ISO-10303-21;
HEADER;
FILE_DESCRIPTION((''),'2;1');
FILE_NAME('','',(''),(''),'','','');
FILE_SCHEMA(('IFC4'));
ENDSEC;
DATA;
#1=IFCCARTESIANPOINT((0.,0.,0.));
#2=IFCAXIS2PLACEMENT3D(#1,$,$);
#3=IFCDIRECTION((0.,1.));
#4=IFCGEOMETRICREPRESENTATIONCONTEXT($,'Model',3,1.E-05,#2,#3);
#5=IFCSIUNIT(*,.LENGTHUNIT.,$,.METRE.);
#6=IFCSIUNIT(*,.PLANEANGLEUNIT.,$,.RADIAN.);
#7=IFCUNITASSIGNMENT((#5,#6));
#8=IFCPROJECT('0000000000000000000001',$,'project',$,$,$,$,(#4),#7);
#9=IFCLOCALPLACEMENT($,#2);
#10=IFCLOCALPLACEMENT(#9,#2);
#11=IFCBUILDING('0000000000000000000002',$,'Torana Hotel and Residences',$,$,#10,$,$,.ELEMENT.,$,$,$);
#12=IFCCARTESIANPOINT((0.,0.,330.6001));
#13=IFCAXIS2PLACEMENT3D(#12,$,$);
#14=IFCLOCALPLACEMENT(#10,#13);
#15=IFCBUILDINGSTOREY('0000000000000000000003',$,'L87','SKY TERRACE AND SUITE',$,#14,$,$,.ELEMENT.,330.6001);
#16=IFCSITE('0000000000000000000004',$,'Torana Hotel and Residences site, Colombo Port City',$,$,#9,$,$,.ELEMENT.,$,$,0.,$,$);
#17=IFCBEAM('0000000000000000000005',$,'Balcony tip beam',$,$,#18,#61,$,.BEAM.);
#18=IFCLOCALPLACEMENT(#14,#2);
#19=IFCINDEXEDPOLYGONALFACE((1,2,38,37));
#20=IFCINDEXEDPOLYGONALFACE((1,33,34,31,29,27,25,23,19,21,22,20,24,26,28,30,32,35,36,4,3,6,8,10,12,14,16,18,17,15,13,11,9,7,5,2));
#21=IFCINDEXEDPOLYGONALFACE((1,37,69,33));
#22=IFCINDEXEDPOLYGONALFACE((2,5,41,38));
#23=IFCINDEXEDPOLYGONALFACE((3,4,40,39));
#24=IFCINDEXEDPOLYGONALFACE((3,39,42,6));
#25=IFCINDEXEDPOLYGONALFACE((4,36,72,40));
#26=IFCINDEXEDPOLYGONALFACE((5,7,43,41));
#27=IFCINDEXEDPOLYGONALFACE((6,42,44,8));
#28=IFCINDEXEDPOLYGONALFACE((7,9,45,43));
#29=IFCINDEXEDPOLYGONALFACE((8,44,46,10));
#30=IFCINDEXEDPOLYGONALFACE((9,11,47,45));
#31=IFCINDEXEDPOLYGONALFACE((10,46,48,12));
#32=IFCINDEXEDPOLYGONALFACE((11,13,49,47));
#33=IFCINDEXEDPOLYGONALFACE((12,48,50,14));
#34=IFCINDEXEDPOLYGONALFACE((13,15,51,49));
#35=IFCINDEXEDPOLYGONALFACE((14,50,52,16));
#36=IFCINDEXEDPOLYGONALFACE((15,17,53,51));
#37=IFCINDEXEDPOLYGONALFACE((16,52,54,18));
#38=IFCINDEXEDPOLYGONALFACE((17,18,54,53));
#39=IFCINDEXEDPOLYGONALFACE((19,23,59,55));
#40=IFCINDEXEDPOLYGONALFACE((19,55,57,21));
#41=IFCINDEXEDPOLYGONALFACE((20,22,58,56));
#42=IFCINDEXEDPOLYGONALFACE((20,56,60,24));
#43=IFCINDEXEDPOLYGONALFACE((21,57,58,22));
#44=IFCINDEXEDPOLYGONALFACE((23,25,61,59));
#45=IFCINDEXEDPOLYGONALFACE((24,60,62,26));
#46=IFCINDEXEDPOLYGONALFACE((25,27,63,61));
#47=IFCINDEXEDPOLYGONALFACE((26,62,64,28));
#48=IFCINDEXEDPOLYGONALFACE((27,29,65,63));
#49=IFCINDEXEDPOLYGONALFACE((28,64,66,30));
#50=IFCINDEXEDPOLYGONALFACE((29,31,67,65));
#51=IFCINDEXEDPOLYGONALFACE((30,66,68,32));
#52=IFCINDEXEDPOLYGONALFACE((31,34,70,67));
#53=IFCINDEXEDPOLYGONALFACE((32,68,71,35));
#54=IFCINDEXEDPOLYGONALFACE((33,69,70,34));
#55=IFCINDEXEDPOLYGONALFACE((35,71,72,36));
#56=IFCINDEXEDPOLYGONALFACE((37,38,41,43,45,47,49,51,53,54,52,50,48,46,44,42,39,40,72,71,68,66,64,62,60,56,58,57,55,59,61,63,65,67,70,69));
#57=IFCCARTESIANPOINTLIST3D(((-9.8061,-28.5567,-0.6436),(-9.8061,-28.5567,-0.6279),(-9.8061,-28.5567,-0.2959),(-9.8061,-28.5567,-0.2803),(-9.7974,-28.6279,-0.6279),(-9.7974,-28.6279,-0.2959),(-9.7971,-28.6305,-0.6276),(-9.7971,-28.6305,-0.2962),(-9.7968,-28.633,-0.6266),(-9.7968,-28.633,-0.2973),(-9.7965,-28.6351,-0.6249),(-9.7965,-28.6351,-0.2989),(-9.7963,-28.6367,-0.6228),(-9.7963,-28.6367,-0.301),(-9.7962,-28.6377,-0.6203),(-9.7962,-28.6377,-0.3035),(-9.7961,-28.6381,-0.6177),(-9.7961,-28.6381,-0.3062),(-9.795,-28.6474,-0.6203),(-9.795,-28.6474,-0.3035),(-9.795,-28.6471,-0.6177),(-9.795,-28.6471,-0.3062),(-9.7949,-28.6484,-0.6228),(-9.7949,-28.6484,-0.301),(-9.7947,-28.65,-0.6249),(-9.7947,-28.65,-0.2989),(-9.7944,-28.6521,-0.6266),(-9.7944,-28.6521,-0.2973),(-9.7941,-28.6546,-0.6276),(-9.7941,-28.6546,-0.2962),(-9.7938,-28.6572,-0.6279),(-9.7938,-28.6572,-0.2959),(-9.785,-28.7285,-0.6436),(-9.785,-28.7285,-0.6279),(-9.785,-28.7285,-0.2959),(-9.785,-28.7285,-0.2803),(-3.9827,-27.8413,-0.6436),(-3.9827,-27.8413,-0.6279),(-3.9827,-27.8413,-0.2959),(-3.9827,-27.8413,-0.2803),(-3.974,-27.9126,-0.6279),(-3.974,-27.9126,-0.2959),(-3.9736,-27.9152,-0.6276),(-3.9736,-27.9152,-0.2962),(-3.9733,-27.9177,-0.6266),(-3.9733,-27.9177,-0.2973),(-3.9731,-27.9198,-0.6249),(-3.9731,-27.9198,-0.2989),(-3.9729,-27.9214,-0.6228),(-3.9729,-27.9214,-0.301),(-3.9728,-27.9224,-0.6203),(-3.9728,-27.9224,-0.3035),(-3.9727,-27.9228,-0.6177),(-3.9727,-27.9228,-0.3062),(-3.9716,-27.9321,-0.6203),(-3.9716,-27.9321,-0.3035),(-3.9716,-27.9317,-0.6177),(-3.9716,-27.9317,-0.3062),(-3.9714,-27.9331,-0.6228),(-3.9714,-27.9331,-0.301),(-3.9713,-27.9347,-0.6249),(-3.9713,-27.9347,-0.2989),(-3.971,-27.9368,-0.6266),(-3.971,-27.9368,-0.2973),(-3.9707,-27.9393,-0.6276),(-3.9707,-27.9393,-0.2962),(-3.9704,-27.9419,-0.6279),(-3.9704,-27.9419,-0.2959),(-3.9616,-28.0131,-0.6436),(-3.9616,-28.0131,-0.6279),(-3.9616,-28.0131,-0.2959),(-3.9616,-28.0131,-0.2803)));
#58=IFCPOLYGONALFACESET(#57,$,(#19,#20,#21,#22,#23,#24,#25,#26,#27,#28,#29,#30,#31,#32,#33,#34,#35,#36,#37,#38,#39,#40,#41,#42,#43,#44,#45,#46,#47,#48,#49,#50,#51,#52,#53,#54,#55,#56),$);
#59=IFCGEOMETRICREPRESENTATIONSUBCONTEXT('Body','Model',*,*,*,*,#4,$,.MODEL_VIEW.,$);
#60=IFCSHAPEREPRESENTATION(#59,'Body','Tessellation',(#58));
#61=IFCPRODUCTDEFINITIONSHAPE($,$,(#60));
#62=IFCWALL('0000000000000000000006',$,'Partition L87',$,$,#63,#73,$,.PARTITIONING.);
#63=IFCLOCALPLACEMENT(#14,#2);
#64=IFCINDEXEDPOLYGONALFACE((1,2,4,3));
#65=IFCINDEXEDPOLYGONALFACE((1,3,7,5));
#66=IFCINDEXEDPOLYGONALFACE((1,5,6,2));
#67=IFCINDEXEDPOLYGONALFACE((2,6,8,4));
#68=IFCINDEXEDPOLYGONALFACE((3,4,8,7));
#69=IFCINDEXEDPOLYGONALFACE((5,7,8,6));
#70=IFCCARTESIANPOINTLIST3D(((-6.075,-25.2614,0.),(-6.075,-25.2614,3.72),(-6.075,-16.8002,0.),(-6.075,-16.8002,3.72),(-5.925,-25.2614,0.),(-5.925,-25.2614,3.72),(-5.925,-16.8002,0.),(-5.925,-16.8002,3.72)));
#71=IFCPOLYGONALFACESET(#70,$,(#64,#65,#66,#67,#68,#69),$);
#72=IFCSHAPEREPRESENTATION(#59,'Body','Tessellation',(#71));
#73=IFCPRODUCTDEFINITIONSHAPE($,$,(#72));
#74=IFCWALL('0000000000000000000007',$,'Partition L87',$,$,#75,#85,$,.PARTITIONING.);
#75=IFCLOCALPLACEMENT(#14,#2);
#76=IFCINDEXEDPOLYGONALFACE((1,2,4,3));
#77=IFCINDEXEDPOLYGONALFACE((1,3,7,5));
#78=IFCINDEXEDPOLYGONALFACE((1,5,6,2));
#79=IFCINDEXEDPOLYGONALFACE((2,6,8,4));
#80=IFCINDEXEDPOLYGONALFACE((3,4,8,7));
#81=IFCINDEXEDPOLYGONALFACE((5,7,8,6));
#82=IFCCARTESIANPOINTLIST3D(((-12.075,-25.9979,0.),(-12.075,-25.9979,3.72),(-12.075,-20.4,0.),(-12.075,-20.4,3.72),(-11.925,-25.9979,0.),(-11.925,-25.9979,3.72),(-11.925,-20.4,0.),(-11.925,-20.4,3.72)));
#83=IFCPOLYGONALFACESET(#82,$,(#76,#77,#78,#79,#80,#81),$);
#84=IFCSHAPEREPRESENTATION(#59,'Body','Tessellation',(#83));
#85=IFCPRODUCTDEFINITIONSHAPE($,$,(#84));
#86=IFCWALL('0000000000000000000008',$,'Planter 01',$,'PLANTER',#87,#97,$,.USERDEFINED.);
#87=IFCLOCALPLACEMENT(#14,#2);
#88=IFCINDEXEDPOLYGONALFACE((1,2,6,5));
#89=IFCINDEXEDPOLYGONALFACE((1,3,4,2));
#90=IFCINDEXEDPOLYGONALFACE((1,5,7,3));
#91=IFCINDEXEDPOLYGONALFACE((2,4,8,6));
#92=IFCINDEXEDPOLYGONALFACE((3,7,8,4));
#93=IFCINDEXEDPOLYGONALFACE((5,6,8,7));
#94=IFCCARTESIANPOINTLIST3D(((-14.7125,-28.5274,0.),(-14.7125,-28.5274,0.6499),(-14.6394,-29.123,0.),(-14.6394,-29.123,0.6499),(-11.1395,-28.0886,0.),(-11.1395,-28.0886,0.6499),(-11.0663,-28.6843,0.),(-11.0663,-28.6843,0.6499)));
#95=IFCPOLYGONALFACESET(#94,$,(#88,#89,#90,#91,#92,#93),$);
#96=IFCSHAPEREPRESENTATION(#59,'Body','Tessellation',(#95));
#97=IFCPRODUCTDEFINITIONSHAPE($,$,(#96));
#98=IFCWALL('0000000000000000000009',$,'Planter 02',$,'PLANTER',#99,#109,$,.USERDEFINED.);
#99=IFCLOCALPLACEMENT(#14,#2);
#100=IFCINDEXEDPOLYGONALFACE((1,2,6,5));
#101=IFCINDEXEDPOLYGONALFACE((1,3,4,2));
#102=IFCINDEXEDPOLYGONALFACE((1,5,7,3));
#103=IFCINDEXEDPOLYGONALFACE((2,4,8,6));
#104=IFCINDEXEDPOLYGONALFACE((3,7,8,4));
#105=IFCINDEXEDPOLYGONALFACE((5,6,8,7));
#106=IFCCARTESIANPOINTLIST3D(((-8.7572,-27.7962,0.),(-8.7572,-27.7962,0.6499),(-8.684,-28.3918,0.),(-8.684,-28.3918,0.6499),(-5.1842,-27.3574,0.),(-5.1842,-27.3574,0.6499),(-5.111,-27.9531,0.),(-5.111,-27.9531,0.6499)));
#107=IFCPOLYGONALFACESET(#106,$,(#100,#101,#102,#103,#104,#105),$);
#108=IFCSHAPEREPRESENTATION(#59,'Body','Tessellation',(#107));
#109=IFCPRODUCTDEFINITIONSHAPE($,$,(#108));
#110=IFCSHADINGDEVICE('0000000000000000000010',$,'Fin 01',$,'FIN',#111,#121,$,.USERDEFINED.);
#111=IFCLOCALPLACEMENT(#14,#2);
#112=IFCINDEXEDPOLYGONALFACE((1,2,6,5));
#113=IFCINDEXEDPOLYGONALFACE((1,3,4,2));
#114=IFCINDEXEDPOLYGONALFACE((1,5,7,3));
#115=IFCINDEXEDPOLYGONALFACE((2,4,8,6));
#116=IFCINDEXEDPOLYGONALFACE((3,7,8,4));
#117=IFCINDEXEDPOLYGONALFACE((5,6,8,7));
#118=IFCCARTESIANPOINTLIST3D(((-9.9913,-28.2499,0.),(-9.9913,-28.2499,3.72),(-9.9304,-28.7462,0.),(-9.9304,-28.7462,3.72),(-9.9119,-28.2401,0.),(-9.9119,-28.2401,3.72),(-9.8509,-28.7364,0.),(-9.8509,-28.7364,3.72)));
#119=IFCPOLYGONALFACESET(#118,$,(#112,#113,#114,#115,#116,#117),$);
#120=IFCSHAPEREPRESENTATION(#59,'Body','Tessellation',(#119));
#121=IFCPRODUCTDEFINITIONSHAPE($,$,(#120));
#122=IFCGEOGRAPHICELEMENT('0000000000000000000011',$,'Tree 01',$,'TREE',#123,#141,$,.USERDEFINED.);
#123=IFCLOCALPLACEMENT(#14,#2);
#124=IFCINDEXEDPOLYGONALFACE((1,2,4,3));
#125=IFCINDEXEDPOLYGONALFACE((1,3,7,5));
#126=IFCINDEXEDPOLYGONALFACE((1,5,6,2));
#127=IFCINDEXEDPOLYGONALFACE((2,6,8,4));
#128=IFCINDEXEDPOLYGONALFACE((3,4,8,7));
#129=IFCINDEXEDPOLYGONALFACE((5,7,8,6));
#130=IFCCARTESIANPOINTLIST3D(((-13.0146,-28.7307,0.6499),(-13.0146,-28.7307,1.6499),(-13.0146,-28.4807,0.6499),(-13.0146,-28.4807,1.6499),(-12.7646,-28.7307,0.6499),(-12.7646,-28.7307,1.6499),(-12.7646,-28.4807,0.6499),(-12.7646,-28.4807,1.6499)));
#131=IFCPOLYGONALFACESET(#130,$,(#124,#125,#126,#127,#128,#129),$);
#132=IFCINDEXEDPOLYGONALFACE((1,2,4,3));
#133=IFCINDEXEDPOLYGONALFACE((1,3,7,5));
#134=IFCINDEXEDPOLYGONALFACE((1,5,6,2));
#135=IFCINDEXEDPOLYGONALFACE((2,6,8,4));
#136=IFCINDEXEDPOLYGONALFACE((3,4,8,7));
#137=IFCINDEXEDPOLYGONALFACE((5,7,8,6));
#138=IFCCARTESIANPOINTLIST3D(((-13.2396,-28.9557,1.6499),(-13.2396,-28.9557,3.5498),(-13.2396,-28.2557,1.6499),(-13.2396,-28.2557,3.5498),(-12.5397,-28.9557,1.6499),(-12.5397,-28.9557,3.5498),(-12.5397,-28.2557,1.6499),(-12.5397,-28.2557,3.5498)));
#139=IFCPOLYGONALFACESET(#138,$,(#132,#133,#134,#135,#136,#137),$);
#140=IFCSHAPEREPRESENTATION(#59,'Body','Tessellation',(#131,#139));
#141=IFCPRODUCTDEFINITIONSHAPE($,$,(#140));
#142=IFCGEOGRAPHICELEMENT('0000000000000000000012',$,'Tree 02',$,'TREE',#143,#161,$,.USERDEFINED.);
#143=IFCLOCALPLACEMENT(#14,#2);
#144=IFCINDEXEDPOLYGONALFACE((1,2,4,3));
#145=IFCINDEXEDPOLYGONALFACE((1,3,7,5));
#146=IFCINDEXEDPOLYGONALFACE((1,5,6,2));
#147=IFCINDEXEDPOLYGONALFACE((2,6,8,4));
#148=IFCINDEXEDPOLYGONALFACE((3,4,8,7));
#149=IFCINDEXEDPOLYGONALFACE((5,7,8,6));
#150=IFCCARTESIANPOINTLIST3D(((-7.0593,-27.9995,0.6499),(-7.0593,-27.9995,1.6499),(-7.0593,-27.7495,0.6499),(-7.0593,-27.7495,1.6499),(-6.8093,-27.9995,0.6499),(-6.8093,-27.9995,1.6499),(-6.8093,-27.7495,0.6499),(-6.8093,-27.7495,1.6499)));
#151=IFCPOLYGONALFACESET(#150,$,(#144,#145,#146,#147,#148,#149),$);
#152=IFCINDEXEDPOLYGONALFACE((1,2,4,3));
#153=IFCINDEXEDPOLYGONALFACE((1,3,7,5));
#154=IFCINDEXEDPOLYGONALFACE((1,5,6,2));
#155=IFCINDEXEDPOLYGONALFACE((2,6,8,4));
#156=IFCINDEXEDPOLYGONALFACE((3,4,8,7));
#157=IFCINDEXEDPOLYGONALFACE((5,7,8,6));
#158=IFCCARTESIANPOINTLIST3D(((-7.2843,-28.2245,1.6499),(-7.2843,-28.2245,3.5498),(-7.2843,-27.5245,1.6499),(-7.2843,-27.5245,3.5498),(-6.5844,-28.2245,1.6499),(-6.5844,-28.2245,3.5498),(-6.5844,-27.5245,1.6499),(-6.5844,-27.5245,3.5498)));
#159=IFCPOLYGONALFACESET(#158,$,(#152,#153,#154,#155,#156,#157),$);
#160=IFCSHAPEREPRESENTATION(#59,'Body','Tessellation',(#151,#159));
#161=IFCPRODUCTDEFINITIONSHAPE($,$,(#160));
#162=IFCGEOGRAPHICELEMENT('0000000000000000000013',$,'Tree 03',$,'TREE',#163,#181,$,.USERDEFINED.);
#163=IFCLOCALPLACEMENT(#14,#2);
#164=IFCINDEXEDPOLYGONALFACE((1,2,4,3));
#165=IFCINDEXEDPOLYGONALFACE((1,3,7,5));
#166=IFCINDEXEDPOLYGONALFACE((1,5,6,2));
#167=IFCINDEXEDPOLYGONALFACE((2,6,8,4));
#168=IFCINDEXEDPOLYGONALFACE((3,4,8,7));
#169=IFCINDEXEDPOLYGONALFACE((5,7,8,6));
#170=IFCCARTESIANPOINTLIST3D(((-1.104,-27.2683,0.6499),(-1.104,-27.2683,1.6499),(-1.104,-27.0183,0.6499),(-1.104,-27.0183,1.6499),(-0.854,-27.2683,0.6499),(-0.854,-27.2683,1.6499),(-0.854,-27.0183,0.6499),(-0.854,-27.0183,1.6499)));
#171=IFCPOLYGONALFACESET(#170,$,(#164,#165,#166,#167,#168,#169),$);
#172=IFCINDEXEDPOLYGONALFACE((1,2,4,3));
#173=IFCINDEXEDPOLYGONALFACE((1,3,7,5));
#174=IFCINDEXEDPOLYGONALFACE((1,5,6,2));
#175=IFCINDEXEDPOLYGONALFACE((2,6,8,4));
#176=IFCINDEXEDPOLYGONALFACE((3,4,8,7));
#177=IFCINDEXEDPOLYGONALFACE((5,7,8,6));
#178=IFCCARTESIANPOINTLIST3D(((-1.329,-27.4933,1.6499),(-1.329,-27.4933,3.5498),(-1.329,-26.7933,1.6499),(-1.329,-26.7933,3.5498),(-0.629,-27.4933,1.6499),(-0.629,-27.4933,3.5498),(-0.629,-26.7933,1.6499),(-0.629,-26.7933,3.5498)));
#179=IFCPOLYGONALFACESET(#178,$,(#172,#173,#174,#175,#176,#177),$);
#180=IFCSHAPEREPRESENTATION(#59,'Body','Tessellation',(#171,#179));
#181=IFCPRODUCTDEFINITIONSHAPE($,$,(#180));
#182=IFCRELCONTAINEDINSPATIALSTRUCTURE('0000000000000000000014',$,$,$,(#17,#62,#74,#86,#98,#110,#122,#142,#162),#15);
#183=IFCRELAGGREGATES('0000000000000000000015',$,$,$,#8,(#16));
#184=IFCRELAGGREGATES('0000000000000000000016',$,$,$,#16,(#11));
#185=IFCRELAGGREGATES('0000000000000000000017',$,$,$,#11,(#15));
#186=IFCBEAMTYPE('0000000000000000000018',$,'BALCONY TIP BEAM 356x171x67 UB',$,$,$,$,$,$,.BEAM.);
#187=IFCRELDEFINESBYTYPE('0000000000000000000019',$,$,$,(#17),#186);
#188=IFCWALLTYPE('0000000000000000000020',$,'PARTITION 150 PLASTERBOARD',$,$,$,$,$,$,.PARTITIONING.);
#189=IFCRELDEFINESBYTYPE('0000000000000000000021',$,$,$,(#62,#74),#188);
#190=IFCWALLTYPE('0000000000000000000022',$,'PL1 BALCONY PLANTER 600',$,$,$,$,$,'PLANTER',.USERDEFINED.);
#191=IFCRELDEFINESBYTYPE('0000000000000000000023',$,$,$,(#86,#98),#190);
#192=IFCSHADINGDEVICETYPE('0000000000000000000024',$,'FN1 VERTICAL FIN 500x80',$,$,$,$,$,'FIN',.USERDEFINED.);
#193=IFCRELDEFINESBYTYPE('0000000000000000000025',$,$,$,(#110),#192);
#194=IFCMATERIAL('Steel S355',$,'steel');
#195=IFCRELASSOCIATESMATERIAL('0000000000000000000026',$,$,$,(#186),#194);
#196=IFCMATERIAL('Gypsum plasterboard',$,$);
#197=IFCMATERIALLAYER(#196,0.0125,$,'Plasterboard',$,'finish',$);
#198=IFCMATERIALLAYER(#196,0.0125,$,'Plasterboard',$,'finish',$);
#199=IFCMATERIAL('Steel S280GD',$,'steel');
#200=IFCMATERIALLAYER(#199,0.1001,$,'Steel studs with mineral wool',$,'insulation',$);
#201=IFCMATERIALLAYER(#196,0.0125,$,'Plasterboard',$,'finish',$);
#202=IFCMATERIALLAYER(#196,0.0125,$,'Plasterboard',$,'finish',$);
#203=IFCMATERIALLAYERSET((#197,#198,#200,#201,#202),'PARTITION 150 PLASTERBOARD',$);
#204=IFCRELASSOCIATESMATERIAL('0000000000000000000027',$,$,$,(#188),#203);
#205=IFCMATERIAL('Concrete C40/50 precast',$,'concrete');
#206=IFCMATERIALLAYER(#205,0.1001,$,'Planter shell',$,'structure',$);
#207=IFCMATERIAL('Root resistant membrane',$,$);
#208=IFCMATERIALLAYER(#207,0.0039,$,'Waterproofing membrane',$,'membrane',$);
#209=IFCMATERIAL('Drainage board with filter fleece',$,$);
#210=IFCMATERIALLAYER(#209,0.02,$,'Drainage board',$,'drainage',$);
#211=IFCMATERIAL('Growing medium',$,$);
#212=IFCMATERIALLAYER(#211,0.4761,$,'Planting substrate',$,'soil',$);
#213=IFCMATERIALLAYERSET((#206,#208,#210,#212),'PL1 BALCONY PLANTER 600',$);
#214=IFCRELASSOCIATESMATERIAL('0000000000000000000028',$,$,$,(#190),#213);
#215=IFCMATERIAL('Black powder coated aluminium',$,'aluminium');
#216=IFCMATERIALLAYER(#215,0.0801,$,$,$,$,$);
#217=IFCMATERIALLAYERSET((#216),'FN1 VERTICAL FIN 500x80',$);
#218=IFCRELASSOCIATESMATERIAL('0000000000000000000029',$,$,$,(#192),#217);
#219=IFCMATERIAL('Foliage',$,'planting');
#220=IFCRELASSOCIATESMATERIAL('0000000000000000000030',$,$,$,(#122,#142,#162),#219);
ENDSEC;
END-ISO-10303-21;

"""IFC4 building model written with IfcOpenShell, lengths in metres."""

from ifc_helpers import new_model, si_unit, direction, frame, frame_2d, origin, origin_2d, place, context, subcontext, project, spatial, rectangle, i_section, extrude, material, layer, layer_set, material_profile, profile_set, type_object, element, save


model = new_model("IFC4")

# Units and contexts
model_context = context("Model", 3, precision=1e-05, world=origin(), true_north=direction((0.0, 1.0)))
body_context = subcontext(model_context, "Body", "Model", "MODEL_VIEW")
ifc_project = project(units=[si_unit("LENGTHUNIT", "METRE"), si_unit("PLANEANGLEUNIT", "RADIAN")], contexts=[model_context])

# Site, building, storey
site_placement = place(None, origin())
site = spatial("IfcSite", under=ifc_project, at=site_placement, Name="Torana Hotel and Residences site, Colombo Port City", CompositionType="ELEMENT", RefElevation=0.0)
building_placement = place(site_placement, origin())
building = spatial("IfcBuilding", under=site, at=building_placement, Name="Torana Hotel and Residences", CompositionType="ELEMENT")
storey_placement = place(building_placement, frame((0.0, 0.0, 330.6001)))
storey = spatial("IfcBuildingStorey", under=building, at=storey_placement, Name="L87", Description="SKY TERRACE AND SUITE", CompositionType="ELEMENT", Elevation=330.6001)

# Beam
ifc_material_1 = material(Name="Steel S355", Category="steel")
ifc_material_profile_1 = material_profile(ifc_material_1, i_section(OverallWidth=0.1731, OverallDepth=0.3633, WebThickness=0.009, FlangeThickness=0.0156, FilletRadius=0.0103, at=origin_2d()), Name="356x171x67 UB")
ifc_profile_set_1 = profile_set([ifc_material_profile_1], Name="Steel S355")
beam_type_1 = type_object("IfcBeamType", Name="BALCONY TIP BEAM 356x171x67 UB", PredefinedType="BEAM", material=ifc_profile_set_1)
for number, where, z_axis, x_axis, name in (
    (1, (-3.9722, -27.9272, -0.4619), (-0.99254, -0.121919, 0.0), (0.121919, -0.99254, 0.0), "Balcony tip beam"),
):
    element("IfcBeam", number, at=place(storey_placement, frame(where, z_axis=z_axis, x_axis=x_axis)), inside=storey, type_object=beam_type_1, Name=name, PredefinedType="BEAM", context=body_context, shape_type="SweptSolid", body=[
        extrude(i_section(OverallWidth=0.1731, OverallDepth=0.3633, WebThickness=0.009, FlangeThickness=0.0156, FilletRadius=0.0103, at=origin_2d()), origin(), (0.0, 0.0, 1.0), 5.8672),
    ])

# Walls
ifc_material_2 = material(Name="Gypsum plasterboard")
ifc_layer_1 = layer(ifc_material_2, 0.0125, Name="Plasterboard", Category="finish")
ifc_layer_2 = layer(ifc_material_2, 0.0125, Name="Plasterboard", Category="finish")
ifc_material_3 = material(Name="Steel S280GD", Category="steel")
ifc_layer_3 = layer(ifc_material_3, 0.1001, Name="Steel studs with mineral wool", Category="insulation")
ifc_layer_4 = layer(ifc_material_2, 0.0125, Name="Plasterboard", Category="finish")
ifc_layer_5 = layer(ifc_material_2, 0.0125, Name="Plasterboard", Category="finish")
ifc_layer_set_1 = layer_set([ifc_layer_1, ifc_layer_2, ifc_layer_3, ifc_layer_4, ifc_layer_5], Name="PARTITION 150 PLASTERBOARD")
wall_type_1 = type_object("IfcWallType", Name="PARTITION 150 PLASTERBOARD", PredefinedType="PARTITIONING", material=ifc_layer_set_1)
wall_1_placement = place(storey_placement, frame((-6.0, -25.2612, 0.0), z_axis=(0.0, 0.0, 1.0), x_axis=(0.0, 1.0, 0.0)))
element("IfcWall", 2, at=wall_1_placement, inside=storey, type_object=wall_type_1, Name="Partition L87", PredefinedType="PARTITIONING", context=body_context, shape_type="SweptSolid", body=[
    extrude(rectangle(XDim=8.4612, YDim=0.1499, at=frame_2d((4.2305, 0.0))), origin(), (0.0, 0.0, 1.0), 3.72),
])
wall_2_placement = place(storey_placement, frame((-12.0, -25.9978, 0.0), z_axis=(0.0, 0.0, 1.0), x_axis=(0.0, 1.0, 0.0)))
element("IfcWall", 3, at=wall_2_placement, inside=storey, type_object=wall_type_1, Name="Partition L87", PredefinedType="PARTITIONING", context=body_context, shape_type="SweptSolid", body=[
    extrude(rectangle(XDim=5.5979, YDim=0.1499, at=frame_2d((2.7988, 0.0))), origin(), (0.0, 0.0, 1.0), 3.72),
])
ifc_material_4 = material(Name="Concrete C40/50 precast", Category="concrete")
ifc_layer_6 = layer(ifc_material_4, 0.1001, Name="Planter shell", Category="structure")
ifc_material_5 = material(Name="Root resistant membrane")
ifc_layer_7 = layer(ifc_material_5, 0.0039, Name="Waterproofing membrane", Category="membrane")
ifc_material_6 = material(Name="Drainage board with filter fleece")
ifc_layer_8 = layer(ifc_material_6, 0.02, Name="Drainage board", Category="drainage")
ifc_material_7 = material(Name="Growing medium")
ifc_layer_9 = layer(ifc_material_7, 0.4761, Name="Planting substrate", Category="soil")
ifc_layer_set_2 = layer_set([ifc_layer_6, ifc_layer_7, ifc_layer_8, ifc_layer_9], Name="PL1 BALCONY PLANTER 600")
wall_type_2 = type_object("IfcWallType", Name="PL1 BALCONY PLANTER 600", ElementType="PLANTER", PredefinedType="USERDEFINED", material=ifc_layer_set_2)
for number, where, z_axis, x_axis, name in (
    (4, (-11.103, -28.3865, 0.0), (0.0, 0.0, 1.0), (-0.992546, -0.121873, 0.0), "Planter 01"),
    (5, (-5.1477, -27.6553, 0.0), (0.0, 0.0, 1.0), (-0.992546, -0.121873, 0.0), "Planter 02"),
):
    element("IfcWall", number, at=place(storey_placement, frame(where, z_axis=z_axis, x_axis=x_axis)), inside=storey, type_object=wall_type_2, Name=name, ObjectType="PLANTER", PredefinedType="USERDEFINED", context=body_context, shape_type="SweptSolid", body=[
        extrude(rectangle(XDim=3.5999, YDim=0.6001, at=frame_2d((1.7998, 0.0))), origin(), (0.0, 0.0, 1.0), 0.6499),
    ])

# Shading device
ifc_material_8 = material(Name="Black powder coated aluminium", Category="aluminium")
ifc_layer_10 = layer(ifc_material_8, 0.0801)
ifc_layer_set_3 = layer_set([ifc_layer_10], Name="FN1 VERTICAL FIN 500x80")
shading_device_type = type_object("IfcShadingDeviceType", Name="FN1 VERTICAL FIN 500x80", ElementType="FIN", PredefinedType="USERDEFINED", material=ifc_layer_set_3)
shading_device_placement = place(storey_placement, frame((-9.9211, -28.4932, 0.0), z_axis=(0.0, 0.0, 1.0), x_axis=(-0.992547, -0.121866, 0.0)))
element("IfcShadingDevice", 6, at=shading_device_placement, inside=storey, type_object=shading_device_type, Name="Fin 01", ObjectType="FIN", PredefinedType="USERDEFINED", context=body_context, shape_type="SweptSolid", body=[
    extrude(rectangle(XDim=0.0801, YDim=0.5, at=origin_2d()), origin(), (0.0, 0.0, 1.0), 3.72),
])

# Geographic elements
ifc_material_9 = material(Name="Foliage", Category="planting")
for number, where, z_axis, x_axis, name in (
    (7, (-12.8896, -28.6057, 0.6499), (0.0, 0.0, 1.0), (1.0, 0.0, 0.0), "Tree 01"),
    (8, (-6.9343, -27.8745, 0.6499), (0.0, 0.0, 1.0), (1.0, 0.0, 0.0), "Tree 02"),
    (9, (-0.979, -27.1433, 0.6499), (0.0, 0.0, 1.0), (1.0, 0.0, 0.0), "Tree 03"),
):
    element("IfcGeographicElement", number, at=place(storey_placement, frame(where, z_axis=z_axis, x_axis=x_axis)), inside=storey, material=ifc_material_9, Name=name, ObjectType="TREE", PredefinedType="USERDEFINED", context=body_context, shape_type="SweptSolid", body=[
        extrude(rectangle(XDim=0.25, YDim=0.25, at=origin_2d()), origin(), (0.0, 0.0, 1.0), 1.0),
        extrude(rectangle(XDim=0.7, YDim=0.7, at=origin_2d()), frame((0.0, 0.0, 1.0)), (0.0, 0.0, 1.0), 1.8999),
    ])

save(model, "model.ifc")
